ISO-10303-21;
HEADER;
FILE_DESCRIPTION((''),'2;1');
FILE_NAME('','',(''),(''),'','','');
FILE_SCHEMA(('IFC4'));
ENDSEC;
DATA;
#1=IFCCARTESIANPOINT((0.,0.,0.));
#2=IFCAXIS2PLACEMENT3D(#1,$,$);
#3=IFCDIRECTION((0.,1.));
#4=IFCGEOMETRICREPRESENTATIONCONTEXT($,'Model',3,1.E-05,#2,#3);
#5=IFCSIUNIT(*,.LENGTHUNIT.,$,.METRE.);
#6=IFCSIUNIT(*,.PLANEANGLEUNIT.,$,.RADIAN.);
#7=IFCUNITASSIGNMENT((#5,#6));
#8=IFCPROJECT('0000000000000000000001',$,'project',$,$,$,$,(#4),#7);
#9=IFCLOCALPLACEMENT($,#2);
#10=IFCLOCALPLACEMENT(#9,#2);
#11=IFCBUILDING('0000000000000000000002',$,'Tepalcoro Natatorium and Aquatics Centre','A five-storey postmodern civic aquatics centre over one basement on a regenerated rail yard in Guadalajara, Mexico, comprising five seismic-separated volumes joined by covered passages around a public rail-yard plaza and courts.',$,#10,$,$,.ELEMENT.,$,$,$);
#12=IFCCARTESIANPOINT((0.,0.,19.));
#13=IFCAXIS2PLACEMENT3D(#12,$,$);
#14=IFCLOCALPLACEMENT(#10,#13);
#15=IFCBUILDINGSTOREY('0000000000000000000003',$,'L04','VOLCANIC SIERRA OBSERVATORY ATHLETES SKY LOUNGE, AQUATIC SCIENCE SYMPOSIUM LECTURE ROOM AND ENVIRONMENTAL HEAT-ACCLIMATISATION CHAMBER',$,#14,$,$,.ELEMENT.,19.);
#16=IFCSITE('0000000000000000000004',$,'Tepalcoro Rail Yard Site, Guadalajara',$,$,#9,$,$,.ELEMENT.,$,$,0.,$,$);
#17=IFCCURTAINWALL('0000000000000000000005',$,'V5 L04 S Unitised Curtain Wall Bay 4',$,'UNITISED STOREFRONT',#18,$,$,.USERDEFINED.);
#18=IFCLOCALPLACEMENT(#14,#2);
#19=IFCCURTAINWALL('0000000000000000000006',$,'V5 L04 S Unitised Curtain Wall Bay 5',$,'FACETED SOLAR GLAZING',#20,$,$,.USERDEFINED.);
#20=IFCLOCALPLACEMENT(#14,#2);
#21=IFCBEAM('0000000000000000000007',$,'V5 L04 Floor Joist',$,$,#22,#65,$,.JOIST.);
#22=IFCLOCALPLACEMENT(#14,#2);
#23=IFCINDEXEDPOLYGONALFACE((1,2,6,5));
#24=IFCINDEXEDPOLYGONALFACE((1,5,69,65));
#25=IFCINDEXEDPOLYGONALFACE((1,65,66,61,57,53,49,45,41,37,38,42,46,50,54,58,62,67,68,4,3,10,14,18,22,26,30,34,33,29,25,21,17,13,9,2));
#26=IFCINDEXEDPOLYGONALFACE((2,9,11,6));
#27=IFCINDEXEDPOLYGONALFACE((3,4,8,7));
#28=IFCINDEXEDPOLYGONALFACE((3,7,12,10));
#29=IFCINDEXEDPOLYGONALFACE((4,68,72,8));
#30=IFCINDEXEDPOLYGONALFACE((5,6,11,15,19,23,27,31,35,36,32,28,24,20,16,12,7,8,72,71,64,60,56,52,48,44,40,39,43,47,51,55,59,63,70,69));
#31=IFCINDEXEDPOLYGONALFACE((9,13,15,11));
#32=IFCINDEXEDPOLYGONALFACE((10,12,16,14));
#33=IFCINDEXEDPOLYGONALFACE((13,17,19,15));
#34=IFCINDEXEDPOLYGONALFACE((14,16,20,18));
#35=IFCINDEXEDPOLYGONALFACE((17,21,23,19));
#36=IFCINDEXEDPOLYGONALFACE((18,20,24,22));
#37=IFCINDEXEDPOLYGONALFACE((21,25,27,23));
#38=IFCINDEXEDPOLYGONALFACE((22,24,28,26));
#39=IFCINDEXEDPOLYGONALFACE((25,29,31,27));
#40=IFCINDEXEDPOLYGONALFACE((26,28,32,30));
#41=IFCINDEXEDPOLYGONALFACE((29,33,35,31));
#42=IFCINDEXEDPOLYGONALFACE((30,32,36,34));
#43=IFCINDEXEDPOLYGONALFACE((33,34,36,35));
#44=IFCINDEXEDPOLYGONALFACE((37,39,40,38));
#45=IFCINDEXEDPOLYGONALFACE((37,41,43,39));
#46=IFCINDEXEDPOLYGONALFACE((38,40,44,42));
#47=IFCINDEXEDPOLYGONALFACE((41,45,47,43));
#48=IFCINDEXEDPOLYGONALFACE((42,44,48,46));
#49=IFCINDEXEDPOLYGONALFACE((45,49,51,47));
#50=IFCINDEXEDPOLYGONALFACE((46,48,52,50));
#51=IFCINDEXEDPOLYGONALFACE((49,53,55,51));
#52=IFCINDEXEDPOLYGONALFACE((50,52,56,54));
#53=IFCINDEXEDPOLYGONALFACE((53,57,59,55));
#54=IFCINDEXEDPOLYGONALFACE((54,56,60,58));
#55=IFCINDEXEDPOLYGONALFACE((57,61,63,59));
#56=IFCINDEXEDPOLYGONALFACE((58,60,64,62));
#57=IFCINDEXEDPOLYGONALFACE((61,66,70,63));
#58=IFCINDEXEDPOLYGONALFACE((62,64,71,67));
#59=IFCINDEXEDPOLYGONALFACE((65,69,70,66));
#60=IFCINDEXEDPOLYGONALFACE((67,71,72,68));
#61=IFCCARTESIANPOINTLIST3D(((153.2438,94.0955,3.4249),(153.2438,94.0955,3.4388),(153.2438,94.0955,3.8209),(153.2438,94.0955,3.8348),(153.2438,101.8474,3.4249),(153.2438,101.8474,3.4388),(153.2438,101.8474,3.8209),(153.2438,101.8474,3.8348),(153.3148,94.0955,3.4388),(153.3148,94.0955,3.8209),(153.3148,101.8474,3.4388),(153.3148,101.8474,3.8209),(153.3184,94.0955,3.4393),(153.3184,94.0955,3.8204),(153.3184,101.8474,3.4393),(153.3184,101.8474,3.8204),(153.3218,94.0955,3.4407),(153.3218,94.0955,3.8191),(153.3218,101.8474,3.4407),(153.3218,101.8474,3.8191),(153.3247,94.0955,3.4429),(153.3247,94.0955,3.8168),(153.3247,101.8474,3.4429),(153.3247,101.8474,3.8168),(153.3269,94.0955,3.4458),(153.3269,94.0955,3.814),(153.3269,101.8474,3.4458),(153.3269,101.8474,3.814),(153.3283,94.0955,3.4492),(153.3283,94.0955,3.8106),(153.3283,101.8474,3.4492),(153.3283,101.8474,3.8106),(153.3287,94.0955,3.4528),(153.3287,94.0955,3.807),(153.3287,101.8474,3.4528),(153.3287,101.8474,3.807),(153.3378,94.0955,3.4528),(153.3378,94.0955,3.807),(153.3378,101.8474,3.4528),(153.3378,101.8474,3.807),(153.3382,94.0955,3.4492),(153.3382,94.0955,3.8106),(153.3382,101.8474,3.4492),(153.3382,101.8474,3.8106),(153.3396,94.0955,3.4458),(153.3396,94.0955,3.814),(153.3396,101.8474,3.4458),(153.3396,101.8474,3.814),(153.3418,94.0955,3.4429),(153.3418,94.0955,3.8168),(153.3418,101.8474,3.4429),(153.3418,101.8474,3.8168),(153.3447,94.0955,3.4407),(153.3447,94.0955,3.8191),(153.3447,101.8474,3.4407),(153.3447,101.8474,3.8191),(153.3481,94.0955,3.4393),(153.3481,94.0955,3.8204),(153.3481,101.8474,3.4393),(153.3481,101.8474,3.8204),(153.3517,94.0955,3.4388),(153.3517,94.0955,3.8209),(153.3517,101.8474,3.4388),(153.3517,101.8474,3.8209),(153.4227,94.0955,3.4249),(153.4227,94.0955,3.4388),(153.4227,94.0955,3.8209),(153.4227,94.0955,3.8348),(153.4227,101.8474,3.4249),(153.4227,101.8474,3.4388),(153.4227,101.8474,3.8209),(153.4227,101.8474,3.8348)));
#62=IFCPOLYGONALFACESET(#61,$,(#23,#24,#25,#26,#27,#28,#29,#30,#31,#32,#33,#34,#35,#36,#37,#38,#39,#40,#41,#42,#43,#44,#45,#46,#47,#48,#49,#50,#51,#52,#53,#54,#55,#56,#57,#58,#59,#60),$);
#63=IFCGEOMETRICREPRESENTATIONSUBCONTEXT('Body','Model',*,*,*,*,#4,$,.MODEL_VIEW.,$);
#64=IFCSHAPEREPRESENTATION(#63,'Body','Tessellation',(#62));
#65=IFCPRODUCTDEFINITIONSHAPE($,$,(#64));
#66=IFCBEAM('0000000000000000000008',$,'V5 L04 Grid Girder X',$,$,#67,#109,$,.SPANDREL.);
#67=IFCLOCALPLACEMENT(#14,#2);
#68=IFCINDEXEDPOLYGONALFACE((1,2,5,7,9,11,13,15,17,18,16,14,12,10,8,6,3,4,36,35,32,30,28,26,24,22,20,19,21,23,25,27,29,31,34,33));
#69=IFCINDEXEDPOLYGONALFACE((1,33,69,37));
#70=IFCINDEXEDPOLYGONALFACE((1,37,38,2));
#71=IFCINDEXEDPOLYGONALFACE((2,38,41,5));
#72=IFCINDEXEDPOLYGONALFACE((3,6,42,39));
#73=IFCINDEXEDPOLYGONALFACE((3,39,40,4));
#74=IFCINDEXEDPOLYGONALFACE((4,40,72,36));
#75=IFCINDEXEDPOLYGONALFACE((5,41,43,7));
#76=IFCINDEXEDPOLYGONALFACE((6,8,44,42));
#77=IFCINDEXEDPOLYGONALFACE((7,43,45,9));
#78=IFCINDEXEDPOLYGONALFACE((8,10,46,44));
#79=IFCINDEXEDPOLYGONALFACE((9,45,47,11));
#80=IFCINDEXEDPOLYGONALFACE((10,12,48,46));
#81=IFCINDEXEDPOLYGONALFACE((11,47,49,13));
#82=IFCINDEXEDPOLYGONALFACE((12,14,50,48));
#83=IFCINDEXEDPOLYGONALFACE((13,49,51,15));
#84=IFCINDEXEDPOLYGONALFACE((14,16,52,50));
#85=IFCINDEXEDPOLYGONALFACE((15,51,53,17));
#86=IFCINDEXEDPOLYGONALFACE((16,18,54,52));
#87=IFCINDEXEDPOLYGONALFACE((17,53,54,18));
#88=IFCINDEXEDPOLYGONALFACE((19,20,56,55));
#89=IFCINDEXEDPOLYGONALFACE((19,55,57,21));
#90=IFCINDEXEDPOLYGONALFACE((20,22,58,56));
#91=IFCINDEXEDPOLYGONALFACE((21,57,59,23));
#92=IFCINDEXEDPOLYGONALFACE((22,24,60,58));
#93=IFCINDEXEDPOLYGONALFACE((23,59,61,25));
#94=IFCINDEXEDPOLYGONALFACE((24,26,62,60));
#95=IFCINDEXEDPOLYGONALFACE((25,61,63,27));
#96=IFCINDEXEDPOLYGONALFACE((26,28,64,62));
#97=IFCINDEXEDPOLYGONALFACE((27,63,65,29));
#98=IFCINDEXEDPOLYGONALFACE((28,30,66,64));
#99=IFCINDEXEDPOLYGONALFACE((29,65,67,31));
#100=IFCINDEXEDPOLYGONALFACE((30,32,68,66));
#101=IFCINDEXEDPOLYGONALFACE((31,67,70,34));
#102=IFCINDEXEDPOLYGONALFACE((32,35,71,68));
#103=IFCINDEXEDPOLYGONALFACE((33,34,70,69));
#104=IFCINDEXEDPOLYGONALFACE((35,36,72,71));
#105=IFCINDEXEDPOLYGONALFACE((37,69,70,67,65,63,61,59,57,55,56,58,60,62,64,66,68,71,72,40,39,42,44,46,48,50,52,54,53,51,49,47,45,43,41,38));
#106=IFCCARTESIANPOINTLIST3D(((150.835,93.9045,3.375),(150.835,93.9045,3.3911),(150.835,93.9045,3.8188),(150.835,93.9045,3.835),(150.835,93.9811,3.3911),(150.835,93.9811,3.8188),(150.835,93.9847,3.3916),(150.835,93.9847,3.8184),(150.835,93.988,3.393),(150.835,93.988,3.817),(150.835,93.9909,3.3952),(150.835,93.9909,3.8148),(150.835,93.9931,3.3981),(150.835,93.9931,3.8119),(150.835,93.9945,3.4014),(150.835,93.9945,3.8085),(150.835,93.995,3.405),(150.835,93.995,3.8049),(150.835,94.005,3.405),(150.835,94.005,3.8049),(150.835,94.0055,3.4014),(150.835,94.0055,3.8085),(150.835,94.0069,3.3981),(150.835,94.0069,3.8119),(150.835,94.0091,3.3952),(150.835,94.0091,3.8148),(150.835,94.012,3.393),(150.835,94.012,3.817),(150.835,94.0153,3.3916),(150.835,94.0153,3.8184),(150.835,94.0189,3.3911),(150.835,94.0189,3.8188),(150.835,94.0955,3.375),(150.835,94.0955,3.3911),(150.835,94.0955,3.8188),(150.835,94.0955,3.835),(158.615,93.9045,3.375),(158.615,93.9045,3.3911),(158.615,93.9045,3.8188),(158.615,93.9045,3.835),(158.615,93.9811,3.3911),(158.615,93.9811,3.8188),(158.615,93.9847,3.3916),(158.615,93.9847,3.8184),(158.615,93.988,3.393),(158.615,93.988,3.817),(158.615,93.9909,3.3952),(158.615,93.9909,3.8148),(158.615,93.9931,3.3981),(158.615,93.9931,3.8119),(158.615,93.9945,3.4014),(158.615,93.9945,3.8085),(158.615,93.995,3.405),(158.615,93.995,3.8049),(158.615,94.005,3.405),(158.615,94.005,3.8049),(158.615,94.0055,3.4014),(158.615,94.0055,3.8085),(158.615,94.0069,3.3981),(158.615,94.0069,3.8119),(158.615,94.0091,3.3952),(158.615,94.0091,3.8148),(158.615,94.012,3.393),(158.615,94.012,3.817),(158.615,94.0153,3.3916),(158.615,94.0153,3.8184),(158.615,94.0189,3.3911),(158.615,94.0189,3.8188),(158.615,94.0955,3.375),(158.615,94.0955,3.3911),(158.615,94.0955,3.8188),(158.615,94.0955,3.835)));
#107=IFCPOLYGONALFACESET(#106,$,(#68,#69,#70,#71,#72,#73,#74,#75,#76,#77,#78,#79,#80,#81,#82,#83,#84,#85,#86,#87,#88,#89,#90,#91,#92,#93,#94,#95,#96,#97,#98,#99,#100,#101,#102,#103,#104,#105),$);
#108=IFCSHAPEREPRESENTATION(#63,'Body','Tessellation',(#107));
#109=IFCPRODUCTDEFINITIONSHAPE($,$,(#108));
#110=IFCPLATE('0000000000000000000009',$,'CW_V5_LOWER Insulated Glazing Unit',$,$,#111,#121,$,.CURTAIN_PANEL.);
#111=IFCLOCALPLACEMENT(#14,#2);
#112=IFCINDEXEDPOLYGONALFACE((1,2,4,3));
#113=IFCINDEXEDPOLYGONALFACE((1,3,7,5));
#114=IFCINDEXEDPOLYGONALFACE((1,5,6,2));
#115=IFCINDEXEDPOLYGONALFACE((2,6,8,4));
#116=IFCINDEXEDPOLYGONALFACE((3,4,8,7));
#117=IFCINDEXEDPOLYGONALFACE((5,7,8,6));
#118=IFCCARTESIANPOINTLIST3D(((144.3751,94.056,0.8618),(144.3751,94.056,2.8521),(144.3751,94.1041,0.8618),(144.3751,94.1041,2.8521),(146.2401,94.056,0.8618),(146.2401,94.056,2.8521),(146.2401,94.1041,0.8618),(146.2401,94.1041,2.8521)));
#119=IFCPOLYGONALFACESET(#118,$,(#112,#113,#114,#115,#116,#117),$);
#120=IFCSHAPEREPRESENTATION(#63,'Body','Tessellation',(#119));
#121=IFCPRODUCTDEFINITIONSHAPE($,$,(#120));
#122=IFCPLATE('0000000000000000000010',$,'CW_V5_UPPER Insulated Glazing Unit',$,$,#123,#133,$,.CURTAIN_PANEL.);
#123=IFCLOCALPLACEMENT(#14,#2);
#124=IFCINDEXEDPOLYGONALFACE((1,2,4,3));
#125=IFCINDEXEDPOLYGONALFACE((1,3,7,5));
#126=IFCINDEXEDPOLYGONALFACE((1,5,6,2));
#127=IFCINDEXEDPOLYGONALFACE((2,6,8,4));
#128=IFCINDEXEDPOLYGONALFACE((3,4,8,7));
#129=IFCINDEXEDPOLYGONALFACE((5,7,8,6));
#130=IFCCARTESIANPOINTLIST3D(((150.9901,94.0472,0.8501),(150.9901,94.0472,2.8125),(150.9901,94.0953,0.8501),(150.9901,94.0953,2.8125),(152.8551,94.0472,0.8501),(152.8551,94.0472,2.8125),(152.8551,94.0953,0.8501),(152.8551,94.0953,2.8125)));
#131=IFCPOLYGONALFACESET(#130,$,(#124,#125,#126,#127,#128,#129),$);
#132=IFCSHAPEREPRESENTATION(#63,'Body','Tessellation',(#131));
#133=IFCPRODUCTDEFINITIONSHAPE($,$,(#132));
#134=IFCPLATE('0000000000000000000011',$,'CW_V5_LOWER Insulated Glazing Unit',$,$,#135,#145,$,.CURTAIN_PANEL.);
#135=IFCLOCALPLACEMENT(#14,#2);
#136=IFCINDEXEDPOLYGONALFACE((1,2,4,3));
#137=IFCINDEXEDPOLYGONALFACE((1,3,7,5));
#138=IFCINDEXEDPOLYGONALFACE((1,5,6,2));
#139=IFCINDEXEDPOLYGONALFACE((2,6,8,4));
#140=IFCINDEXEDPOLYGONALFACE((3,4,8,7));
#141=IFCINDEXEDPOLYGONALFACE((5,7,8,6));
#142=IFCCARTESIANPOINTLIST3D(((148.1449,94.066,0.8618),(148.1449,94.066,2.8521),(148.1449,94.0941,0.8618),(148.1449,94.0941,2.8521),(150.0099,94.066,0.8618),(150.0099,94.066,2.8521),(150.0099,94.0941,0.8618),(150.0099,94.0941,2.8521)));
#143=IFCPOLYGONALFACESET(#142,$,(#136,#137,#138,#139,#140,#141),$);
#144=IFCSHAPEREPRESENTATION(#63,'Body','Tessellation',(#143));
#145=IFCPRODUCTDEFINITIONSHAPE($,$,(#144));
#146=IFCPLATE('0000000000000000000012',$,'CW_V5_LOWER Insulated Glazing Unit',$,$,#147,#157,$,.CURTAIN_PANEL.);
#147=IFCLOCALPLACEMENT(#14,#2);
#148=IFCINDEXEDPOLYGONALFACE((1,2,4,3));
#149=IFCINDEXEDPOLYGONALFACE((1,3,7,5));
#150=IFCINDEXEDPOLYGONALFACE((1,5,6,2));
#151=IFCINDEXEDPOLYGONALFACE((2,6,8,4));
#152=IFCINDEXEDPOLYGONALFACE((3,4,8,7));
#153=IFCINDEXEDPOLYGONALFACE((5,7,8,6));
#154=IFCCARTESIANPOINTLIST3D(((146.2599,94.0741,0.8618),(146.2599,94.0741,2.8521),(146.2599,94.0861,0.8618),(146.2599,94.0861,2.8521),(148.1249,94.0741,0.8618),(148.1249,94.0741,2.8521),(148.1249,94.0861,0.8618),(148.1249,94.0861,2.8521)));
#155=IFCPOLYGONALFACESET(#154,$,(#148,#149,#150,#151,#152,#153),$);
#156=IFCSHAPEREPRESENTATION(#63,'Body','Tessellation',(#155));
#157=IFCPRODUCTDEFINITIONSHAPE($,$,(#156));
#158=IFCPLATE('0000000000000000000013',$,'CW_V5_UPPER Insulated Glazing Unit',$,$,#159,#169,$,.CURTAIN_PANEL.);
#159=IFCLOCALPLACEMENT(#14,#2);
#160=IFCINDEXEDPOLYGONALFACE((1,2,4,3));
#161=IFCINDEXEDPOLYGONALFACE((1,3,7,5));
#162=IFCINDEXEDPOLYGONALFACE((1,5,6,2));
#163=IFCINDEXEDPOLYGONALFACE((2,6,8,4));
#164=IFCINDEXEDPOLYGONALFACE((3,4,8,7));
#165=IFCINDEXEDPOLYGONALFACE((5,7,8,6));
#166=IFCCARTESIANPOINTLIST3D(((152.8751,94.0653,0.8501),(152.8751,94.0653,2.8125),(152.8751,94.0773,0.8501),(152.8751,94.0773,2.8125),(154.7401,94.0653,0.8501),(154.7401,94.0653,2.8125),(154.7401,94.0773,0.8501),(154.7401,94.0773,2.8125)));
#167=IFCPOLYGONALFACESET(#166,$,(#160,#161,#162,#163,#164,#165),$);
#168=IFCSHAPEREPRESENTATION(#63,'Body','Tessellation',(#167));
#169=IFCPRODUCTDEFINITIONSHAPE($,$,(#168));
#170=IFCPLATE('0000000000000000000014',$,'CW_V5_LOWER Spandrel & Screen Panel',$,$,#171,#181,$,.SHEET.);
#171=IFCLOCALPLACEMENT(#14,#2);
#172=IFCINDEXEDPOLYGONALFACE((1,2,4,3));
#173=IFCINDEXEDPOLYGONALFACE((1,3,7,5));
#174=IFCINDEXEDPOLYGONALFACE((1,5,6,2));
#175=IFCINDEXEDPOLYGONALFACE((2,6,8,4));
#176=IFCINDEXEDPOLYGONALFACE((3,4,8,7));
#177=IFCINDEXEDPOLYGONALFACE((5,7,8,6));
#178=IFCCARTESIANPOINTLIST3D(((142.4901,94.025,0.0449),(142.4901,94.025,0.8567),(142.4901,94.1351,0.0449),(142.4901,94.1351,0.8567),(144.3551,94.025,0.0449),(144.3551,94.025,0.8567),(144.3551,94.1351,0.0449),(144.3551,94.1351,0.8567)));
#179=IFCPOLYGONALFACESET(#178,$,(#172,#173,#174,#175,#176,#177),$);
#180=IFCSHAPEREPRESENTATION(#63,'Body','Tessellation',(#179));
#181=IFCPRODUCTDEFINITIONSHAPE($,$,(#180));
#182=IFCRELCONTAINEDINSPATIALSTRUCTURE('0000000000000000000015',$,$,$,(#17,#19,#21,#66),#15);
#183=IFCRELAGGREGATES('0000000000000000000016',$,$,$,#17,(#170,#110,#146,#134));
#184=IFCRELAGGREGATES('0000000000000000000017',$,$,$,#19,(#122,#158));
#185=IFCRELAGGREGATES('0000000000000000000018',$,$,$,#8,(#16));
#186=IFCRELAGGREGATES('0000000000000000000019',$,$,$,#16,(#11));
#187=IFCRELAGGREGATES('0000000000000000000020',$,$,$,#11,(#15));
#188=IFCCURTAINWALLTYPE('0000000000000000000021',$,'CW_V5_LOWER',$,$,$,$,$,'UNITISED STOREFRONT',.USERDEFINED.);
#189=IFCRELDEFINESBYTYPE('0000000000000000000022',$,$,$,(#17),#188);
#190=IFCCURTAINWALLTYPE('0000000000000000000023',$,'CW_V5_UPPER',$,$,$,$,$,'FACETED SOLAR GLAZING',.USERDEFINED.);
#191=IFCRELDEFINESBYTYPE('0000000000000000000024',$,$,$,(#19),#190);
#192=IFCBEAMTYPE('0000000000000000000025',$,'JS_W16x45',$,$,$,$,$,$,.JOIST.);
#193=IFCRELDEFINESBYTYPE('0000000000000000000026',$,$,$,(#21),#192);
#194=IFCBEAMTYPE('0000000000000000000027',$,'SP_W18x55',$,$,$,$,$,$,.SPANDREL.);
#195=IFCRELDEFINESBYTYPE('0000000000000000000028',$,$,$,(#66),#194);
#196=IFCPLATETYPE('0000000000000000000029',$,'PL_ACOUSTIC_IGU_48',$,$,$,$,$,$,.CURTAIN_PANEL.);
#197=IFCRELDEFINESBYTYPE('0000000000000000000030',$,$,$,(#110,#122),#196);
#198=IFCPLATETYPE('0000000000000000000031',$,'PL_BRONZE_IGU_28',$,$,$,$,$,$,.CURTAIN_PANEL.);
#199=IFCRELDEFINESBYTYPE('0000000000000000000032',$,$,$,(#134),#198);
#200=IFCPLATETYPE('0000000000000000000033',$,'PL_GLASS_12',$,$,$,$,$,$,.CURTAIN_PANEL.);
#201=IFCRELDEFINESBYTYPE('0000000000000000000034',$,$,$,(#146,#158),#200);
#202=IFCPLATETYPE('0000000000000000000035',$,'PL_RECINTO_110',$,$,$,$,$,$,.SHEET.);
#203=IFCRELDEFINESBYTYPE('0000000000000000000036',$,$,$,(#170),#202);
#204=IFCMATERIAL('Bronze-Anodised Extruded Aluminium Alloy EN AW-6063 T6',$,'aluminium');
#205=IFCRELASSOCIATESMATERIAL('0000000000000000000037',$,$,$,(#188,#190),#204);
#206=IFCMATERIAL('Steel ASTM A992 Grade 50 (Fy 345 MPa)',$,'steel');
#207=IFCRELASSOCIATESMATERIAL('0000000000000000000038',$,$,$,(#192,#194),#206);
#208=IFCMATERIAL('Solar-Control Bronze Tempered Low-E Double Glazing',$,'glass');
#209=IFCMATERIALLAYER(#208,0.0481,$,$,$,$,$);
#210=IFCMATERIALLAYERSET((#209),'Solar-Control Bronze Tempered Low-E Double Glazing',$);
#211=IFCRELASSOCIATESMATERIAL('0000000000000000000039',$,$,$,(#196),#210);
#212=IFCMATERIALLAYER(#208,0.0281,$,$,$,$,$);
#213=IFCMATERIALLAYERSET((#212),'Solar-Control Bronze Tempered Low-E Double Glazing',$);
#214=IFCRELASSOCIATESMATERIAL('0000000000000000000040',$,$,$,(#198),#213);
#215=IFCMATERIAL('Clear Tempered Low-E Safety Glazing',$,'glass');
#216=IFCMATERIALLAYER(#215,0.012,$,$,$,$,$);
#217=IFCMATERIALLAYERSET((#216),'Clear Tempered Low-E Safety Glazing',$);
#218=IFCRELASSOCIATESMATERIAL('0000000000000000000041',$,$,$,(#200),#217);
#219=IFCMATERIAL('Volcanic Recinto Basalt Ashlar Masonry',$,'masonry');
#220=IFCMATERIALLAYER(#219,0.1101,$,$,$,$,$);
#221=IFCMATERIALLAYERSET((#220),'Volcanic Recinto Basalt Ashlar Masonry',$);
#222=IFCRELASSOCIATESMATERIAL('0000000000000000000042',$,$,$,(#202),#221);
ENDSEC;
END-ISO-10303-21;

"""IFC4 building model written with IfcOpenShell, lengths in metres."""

from ifc_helpers import new_model, si_unit, direction, frame, origin, origin_2d, place, context, subcontext, project, spatial, rectangle, i_section, extrude, material, layer, layer_set, material_profile, profile_set, type_object, element, aggregate, save


model = new_model("IFC4")

# Units and contexts
model_context = context("Model", 3, precision=1e-05, world=origin(), true_north=direction((0.0, 1.0)))
body_context = subcontext(model_context, "Body", "Model", "MODEL_VIEW")
ifc_project = project(units=[si_unit("LENGTHUNIT", "METRE"), si_unit("PLANEANGLEUNIT", "RADIAN")], contexts=[model_context])

# Site, building, storey
site_placement = place(None, origin())
site = spatial("IfcSite", under=ifc_project, at=site_placement, Name="Tepalcoro Rail Yard Site, Guadalajara", CompositionType="ELEMENT", RefElevation=0.0)
building_placement = place(site_placement, origin())
building = spatial("IfcBuilding", under=site, at=building_placement, Name="Tepalcoro Natatorium and Aquatics Centre", Description="A five-storey postmodern civic aquatics centre over one basement on a regenerated rail yard in Guadalajara, Mexico, comprising five seismic-separated volumes joined by covered passages around a public rail-yard plaza and courts.", CompositionType="ELEMENT")
storey_placement = place(building_placement, frame((0.0, 0.0, 19.0)))
storey = spatial("IfcBuildingStorey", under=building, at=storey_placement, Name="L04", Description="VOLCANIC SIERRA OBSERVATORY ATHLETES SKY LOUNGE, AQUATIC SCIENCE SYMPOSIUM LECTURE ROOM AND ENVIRONMENTAL HEAT-ACCLIMATISATION CHAMBER", CompositionType="ELEMENT", Elevation=19.0)

# Shared definitions
ifc_material_1 = material(Name="Steel ASTM A992 Grade 50 (Fy 345 MPa)", Category="steel")

# Curtain walls
ifc_material_2 = material(Name="Bronze-Anodised Extruded Aluminium Alloy EN AW-6063 T6", Category="aluminium")
curtain_wall_type_1 = type_object("IfcCurtainWallType", Name="CW_V5_LOWER", ElementType="UNITISED STOREFRONT", PredefinedType="USERDEFINED", material=ifc_material_2)
curtain_wall_1_placement = place(storey_placement, origin())
curtain_wall_1 = element("IfcCurtainWall", 1, at=curtain_wall_1_placement, inside=storey, type_object=curtain_wall_type_1, Name="V5 L04 S Unitised Curtain Wall Bay 4", ObjectType="UNITISED STOREFRONT", PredefinedType="USERDEFINED")
curtain_wall_type_2 = type_object("IfcCurtainWallType", Name="CW_V5_UPPER", ElementType="FACETED SOLAR GLAZING", PredefinedType="USERDEFINED", material=ifc_material_2)
curtain_wall_2_placement = place(storey_placement, origin())
curtain_wall_2 = element("IfcCurtainWall", 2, at=curtain_wall_2_placement, inside=storey, type_object=curtain_wall_type_2, Name="V5 L04 S Unitised Curtain Wall Bay 5", ObjectType="FACETED SOLAR GLAZING", PredefinedType="USERDEFINED")

# Beams
ifc_material_profile_1 = material_profile(ifc_material_1, i_section(OverallWidth=0.179, OverallDepth=0.4099, WebThickness=0.009, FlangeThickness=0.0139, FilletRadius=0.0139, at=origin_2d()), Name="W16X45")
ifc_profile_set_1 = profile_set([ifc_material_profile_1], Name="Steel ASTM A992 Grade 50 (Fy 345 MPa)")
beam_type_1 = type_object("IfcBeamType", Name="JS_W16x45", PredefinedType="JOIST", material=ifc_profile_set_1)
beam_1_placement = place(storey_placement, frame((153.3333, 94.0955, 3.6299), z_axis=(0.0, 1.0, 0.0), x_axis=(-1.0, 0.0, 0.0)))
element("IfcBeam", 3, at=beam_1_placement, inside=storey, type_object=beam_type_1, Name="V5 L04 Floor Joist", PredefinedType="JOIST", context=body_context, shape_type="SweptSolid", body=[
    extrude(i_section(OverallWidth=0.179, OverallDepth=0.4099, WebThickness=0.009, FlangeThickness=0.0139, FilletRadius=0.0139, at=origin_2d()), origin(), (0.0, 0.0, 1.0), 7.752),
])
ifc_material_profile_2 = material_profile(ifc_material_1, i_section(OverallWidth=0.1909, OverallDepth=0.46, WebThickness=0.01, FlangeThickness=0.0161, FilletRadius=0.0139, at=origin_2d()), Name="W18X55")
ifc_profile_set_2 = profile_set([ifc_material_profile_2], Name="Steel ASTM A992 Grade 50 (Fy 345 MPa)")
beam_type_2 = type_object("IfcBeamType", Name="SP_W18x55", PredefinedType="SPANDREL", material=ifc_profile_set_2)
beam_2_placement = place(storey_placement, frame((150.835, 94.0, 3.605), z_axis=(1.0, 0.0, 0.0), x_axis=(0.0, 1.0, 0.0)))
element("IfcBeam", 4, at=beam_2_placement, inside=storey, type_object=beam_type_2, Name="V5 L04 Grid Girder X", PredefinedType="SPANDREL", context=body_context, shape_type="SweptSolid", body=[
    extrude(i_section(OverallWidth=0.1909, OverallDepth=0.46, WebThickness=0.01, FlangeThickness=0.0161, FilletRadius=0.0139, at=origin_2d()), origin(), (0.0, 0.0, 1.0), 7.78),
])

# Plates
ifc_material_3 = material(Name="Solar-Control Bronze Tempered Low-E Double Glazing", Category="glass")
ifc_layer_1 = layer(ifc_material_3, 0.0481)
ifc_layer_set_1 = layer_set([ifc_layer_1], Name="Solar-Control Bronze Tempered Low-E Double Glazing")
plate_type_1 = type_object("IfcPlateType", Name="PL_ACOUSTIC_IGU_48", PredefinedType="CURTAIN_PANEL", material=ifc_layer_set_1)
plate_1_placement = place(storey_placement, frame((145.3076, 94.0801, 0.8618), z_axis=(0.0, 0.0, 1.0), x_axis=(1.0, 0.0, 0.0)))
plate_1 = element("IfcPlate", 5, at=plate_1_placement, type_object=plate_type_1, Name="CW_V5_LOWER Insulated Glazing Unit", PredefinedType="CURTAIN_PANEL", context=body_context, shape_type="SweptSolid", body=[
    extrude(rectangle(XDim=1.865, YDim=0.0481, at=origin_2d()), origin(), (0.0, 0.0, 1.0), 1.9902),
])
plate_2_placement = place(storey_placement, frame((151.9226, 94.0713, 0.8501), z_axis=(0.0, 0.0, 1.0), x_axis=(1.0, 0.0, 0.0)))
plate_2 = element("IfcPlate", 6, at=plate_2_placement, type_object=plate_type_1, Name="CW_V5_UPPER Insulated Glazing Unit", PredefinedType="CURTAIN_PANEL", context=body_context, shape_type="SweptSolid", body=[
    extrude(rectangle(XDim=1.865, YDim=0.0481, at=origin_2d()), origin(), (0.0, 0.0, 1.0), 1.9624),
])
ifc_layer_2 = layer(ifc_material_3, 0.0281)
ifc_layer_set_2 = layer_set([ifc_layer_2], Name="Solar-Control Bronze Tempered Low-E Double Glazing")
plate_type_2 = type_object("IfcPlateType", Name="PL_BRONZE_IGU_28", PredefinedType="CURTAIN_PANEL", material=ifc_layer_set_2)
plate_3_placement = place(storey_placement, frame((149.0774, 94.0801, 0.8618), z_axis=(0.0, 0.0, 1.0), x_axis=(1.0, 0.0, 0.0)))
plate_3 = element("IfcPlate", 7, at=plate_3_placement, type_object=plate_type_2, Name="CW_V5_LOWER Insulated Glazing Unit", PredefinedType="CURTAIN_PANEL", context=body_context, shape_type="SweptSolid", body=[
    extrude(rectangle(XDim=1.865, YDim=0.0281, at=origin_2d()), origin(), (0.0, 0.0, 1.0), 1.9902),
])
ifc_material_4 = material(Name="Clear Tempered Low-E Safety Glazing", Category="glass")
ifc_layer_3 = layer(ifc_material_4, 0.012)
ifc_layer_set_3 = layer_set([ifc_layer_3], Name="Clear Tempered Low-E Safety Glazing")
plate_type_3 = type_object("IfcPlateType", Name="PL_GLASS_12", PredefinedType="CURTAIN_PANEL", material=ifc_layer_set_3)
plate_4_placement = place(storey_placement, frame((147.1924, 94.0801, 0.8618), z_axis=(0.0, 0.0, 1.0), x_axis=(1.0, 0.0, 0.0)))
plate_4 = element("IfcPlate", 8, at=plate_4_placement, type_object=plate_type_3, Name="CW_V5_LOWER Insulated Glazing Unit", PredefinedType="CURTAIN_PANEL", context=body_context, shape_type="SweptSolid", body=[
    extrude(rectangle(XDim=1.865, YDim=0.012, at=origin_2d()), origin(), (0.0, 0.0, 1.0), 1.9902),
])
plate_5_placement = place(storey_placement, frame((153.8076, 94.0713, 0.8501), z_axis=(0.0, 0.0, 1.0), x_axis=(1.0, 0.0, 0.0)))
plate_5 = element("IfcPlate", 9, at=plate_5_placement, type_object=plate_type_3, Name="CW_V5_UPPER Insulated Glazing Unit", PredefinedType="CURTAIN_PANEL", context=body_context, shape_type="SweptSolid", body=[
    extrude(rectangle(XDim=1.865, YDim=0.012, at=origin_2d()), origin(), (0.0, 0.0, 1.0), 1.9624),
])
ifc_material_5 = material(Name="Volcanic Recinto Basalt Ashlar Masonry", Category="masonry")
ifc_layer_4 = layer(ifc_material_5, 0.1101)
ifc_layer_set_4 = layer_set([ifc_layer_4], Name="Volcanic Recinto Basalt Ashlar Masonry")
plate_type_4 = type_object("IfcPlateType", Name="PL_RECINTO_110", PredefinedType="SHEET", material=ifc_layer_set_4)
plate_6_placement = place(storey_placement, frame((143.4226, 94.0801, 0.0449), z_axis=(0.0, 0.0, 1.0), x_axis=(1.0, 0.0, 0.0)))
plate_6 = element("IfcPlate", 10, at=plate_6_placement, type_object=plate_type_4, Name="CW_V5_LOWER Spandrel & Screen Panel", PredefinedType="SHEET", context=body_context, shape_type="SweptSolid", body=[
    extrude(rectangle(XDim=1.865, YDim=0.1101, at=origin_2d()), origin(), (0.0, 0.0, 1.0), 0.8118),
])
aggregate(curtain_wall_1, [plate_6, plate_1, plate_4, plate_3])
aggregate(curtain_wall_2, [plate_2, plate_5])

save(model, "model.ifc")
